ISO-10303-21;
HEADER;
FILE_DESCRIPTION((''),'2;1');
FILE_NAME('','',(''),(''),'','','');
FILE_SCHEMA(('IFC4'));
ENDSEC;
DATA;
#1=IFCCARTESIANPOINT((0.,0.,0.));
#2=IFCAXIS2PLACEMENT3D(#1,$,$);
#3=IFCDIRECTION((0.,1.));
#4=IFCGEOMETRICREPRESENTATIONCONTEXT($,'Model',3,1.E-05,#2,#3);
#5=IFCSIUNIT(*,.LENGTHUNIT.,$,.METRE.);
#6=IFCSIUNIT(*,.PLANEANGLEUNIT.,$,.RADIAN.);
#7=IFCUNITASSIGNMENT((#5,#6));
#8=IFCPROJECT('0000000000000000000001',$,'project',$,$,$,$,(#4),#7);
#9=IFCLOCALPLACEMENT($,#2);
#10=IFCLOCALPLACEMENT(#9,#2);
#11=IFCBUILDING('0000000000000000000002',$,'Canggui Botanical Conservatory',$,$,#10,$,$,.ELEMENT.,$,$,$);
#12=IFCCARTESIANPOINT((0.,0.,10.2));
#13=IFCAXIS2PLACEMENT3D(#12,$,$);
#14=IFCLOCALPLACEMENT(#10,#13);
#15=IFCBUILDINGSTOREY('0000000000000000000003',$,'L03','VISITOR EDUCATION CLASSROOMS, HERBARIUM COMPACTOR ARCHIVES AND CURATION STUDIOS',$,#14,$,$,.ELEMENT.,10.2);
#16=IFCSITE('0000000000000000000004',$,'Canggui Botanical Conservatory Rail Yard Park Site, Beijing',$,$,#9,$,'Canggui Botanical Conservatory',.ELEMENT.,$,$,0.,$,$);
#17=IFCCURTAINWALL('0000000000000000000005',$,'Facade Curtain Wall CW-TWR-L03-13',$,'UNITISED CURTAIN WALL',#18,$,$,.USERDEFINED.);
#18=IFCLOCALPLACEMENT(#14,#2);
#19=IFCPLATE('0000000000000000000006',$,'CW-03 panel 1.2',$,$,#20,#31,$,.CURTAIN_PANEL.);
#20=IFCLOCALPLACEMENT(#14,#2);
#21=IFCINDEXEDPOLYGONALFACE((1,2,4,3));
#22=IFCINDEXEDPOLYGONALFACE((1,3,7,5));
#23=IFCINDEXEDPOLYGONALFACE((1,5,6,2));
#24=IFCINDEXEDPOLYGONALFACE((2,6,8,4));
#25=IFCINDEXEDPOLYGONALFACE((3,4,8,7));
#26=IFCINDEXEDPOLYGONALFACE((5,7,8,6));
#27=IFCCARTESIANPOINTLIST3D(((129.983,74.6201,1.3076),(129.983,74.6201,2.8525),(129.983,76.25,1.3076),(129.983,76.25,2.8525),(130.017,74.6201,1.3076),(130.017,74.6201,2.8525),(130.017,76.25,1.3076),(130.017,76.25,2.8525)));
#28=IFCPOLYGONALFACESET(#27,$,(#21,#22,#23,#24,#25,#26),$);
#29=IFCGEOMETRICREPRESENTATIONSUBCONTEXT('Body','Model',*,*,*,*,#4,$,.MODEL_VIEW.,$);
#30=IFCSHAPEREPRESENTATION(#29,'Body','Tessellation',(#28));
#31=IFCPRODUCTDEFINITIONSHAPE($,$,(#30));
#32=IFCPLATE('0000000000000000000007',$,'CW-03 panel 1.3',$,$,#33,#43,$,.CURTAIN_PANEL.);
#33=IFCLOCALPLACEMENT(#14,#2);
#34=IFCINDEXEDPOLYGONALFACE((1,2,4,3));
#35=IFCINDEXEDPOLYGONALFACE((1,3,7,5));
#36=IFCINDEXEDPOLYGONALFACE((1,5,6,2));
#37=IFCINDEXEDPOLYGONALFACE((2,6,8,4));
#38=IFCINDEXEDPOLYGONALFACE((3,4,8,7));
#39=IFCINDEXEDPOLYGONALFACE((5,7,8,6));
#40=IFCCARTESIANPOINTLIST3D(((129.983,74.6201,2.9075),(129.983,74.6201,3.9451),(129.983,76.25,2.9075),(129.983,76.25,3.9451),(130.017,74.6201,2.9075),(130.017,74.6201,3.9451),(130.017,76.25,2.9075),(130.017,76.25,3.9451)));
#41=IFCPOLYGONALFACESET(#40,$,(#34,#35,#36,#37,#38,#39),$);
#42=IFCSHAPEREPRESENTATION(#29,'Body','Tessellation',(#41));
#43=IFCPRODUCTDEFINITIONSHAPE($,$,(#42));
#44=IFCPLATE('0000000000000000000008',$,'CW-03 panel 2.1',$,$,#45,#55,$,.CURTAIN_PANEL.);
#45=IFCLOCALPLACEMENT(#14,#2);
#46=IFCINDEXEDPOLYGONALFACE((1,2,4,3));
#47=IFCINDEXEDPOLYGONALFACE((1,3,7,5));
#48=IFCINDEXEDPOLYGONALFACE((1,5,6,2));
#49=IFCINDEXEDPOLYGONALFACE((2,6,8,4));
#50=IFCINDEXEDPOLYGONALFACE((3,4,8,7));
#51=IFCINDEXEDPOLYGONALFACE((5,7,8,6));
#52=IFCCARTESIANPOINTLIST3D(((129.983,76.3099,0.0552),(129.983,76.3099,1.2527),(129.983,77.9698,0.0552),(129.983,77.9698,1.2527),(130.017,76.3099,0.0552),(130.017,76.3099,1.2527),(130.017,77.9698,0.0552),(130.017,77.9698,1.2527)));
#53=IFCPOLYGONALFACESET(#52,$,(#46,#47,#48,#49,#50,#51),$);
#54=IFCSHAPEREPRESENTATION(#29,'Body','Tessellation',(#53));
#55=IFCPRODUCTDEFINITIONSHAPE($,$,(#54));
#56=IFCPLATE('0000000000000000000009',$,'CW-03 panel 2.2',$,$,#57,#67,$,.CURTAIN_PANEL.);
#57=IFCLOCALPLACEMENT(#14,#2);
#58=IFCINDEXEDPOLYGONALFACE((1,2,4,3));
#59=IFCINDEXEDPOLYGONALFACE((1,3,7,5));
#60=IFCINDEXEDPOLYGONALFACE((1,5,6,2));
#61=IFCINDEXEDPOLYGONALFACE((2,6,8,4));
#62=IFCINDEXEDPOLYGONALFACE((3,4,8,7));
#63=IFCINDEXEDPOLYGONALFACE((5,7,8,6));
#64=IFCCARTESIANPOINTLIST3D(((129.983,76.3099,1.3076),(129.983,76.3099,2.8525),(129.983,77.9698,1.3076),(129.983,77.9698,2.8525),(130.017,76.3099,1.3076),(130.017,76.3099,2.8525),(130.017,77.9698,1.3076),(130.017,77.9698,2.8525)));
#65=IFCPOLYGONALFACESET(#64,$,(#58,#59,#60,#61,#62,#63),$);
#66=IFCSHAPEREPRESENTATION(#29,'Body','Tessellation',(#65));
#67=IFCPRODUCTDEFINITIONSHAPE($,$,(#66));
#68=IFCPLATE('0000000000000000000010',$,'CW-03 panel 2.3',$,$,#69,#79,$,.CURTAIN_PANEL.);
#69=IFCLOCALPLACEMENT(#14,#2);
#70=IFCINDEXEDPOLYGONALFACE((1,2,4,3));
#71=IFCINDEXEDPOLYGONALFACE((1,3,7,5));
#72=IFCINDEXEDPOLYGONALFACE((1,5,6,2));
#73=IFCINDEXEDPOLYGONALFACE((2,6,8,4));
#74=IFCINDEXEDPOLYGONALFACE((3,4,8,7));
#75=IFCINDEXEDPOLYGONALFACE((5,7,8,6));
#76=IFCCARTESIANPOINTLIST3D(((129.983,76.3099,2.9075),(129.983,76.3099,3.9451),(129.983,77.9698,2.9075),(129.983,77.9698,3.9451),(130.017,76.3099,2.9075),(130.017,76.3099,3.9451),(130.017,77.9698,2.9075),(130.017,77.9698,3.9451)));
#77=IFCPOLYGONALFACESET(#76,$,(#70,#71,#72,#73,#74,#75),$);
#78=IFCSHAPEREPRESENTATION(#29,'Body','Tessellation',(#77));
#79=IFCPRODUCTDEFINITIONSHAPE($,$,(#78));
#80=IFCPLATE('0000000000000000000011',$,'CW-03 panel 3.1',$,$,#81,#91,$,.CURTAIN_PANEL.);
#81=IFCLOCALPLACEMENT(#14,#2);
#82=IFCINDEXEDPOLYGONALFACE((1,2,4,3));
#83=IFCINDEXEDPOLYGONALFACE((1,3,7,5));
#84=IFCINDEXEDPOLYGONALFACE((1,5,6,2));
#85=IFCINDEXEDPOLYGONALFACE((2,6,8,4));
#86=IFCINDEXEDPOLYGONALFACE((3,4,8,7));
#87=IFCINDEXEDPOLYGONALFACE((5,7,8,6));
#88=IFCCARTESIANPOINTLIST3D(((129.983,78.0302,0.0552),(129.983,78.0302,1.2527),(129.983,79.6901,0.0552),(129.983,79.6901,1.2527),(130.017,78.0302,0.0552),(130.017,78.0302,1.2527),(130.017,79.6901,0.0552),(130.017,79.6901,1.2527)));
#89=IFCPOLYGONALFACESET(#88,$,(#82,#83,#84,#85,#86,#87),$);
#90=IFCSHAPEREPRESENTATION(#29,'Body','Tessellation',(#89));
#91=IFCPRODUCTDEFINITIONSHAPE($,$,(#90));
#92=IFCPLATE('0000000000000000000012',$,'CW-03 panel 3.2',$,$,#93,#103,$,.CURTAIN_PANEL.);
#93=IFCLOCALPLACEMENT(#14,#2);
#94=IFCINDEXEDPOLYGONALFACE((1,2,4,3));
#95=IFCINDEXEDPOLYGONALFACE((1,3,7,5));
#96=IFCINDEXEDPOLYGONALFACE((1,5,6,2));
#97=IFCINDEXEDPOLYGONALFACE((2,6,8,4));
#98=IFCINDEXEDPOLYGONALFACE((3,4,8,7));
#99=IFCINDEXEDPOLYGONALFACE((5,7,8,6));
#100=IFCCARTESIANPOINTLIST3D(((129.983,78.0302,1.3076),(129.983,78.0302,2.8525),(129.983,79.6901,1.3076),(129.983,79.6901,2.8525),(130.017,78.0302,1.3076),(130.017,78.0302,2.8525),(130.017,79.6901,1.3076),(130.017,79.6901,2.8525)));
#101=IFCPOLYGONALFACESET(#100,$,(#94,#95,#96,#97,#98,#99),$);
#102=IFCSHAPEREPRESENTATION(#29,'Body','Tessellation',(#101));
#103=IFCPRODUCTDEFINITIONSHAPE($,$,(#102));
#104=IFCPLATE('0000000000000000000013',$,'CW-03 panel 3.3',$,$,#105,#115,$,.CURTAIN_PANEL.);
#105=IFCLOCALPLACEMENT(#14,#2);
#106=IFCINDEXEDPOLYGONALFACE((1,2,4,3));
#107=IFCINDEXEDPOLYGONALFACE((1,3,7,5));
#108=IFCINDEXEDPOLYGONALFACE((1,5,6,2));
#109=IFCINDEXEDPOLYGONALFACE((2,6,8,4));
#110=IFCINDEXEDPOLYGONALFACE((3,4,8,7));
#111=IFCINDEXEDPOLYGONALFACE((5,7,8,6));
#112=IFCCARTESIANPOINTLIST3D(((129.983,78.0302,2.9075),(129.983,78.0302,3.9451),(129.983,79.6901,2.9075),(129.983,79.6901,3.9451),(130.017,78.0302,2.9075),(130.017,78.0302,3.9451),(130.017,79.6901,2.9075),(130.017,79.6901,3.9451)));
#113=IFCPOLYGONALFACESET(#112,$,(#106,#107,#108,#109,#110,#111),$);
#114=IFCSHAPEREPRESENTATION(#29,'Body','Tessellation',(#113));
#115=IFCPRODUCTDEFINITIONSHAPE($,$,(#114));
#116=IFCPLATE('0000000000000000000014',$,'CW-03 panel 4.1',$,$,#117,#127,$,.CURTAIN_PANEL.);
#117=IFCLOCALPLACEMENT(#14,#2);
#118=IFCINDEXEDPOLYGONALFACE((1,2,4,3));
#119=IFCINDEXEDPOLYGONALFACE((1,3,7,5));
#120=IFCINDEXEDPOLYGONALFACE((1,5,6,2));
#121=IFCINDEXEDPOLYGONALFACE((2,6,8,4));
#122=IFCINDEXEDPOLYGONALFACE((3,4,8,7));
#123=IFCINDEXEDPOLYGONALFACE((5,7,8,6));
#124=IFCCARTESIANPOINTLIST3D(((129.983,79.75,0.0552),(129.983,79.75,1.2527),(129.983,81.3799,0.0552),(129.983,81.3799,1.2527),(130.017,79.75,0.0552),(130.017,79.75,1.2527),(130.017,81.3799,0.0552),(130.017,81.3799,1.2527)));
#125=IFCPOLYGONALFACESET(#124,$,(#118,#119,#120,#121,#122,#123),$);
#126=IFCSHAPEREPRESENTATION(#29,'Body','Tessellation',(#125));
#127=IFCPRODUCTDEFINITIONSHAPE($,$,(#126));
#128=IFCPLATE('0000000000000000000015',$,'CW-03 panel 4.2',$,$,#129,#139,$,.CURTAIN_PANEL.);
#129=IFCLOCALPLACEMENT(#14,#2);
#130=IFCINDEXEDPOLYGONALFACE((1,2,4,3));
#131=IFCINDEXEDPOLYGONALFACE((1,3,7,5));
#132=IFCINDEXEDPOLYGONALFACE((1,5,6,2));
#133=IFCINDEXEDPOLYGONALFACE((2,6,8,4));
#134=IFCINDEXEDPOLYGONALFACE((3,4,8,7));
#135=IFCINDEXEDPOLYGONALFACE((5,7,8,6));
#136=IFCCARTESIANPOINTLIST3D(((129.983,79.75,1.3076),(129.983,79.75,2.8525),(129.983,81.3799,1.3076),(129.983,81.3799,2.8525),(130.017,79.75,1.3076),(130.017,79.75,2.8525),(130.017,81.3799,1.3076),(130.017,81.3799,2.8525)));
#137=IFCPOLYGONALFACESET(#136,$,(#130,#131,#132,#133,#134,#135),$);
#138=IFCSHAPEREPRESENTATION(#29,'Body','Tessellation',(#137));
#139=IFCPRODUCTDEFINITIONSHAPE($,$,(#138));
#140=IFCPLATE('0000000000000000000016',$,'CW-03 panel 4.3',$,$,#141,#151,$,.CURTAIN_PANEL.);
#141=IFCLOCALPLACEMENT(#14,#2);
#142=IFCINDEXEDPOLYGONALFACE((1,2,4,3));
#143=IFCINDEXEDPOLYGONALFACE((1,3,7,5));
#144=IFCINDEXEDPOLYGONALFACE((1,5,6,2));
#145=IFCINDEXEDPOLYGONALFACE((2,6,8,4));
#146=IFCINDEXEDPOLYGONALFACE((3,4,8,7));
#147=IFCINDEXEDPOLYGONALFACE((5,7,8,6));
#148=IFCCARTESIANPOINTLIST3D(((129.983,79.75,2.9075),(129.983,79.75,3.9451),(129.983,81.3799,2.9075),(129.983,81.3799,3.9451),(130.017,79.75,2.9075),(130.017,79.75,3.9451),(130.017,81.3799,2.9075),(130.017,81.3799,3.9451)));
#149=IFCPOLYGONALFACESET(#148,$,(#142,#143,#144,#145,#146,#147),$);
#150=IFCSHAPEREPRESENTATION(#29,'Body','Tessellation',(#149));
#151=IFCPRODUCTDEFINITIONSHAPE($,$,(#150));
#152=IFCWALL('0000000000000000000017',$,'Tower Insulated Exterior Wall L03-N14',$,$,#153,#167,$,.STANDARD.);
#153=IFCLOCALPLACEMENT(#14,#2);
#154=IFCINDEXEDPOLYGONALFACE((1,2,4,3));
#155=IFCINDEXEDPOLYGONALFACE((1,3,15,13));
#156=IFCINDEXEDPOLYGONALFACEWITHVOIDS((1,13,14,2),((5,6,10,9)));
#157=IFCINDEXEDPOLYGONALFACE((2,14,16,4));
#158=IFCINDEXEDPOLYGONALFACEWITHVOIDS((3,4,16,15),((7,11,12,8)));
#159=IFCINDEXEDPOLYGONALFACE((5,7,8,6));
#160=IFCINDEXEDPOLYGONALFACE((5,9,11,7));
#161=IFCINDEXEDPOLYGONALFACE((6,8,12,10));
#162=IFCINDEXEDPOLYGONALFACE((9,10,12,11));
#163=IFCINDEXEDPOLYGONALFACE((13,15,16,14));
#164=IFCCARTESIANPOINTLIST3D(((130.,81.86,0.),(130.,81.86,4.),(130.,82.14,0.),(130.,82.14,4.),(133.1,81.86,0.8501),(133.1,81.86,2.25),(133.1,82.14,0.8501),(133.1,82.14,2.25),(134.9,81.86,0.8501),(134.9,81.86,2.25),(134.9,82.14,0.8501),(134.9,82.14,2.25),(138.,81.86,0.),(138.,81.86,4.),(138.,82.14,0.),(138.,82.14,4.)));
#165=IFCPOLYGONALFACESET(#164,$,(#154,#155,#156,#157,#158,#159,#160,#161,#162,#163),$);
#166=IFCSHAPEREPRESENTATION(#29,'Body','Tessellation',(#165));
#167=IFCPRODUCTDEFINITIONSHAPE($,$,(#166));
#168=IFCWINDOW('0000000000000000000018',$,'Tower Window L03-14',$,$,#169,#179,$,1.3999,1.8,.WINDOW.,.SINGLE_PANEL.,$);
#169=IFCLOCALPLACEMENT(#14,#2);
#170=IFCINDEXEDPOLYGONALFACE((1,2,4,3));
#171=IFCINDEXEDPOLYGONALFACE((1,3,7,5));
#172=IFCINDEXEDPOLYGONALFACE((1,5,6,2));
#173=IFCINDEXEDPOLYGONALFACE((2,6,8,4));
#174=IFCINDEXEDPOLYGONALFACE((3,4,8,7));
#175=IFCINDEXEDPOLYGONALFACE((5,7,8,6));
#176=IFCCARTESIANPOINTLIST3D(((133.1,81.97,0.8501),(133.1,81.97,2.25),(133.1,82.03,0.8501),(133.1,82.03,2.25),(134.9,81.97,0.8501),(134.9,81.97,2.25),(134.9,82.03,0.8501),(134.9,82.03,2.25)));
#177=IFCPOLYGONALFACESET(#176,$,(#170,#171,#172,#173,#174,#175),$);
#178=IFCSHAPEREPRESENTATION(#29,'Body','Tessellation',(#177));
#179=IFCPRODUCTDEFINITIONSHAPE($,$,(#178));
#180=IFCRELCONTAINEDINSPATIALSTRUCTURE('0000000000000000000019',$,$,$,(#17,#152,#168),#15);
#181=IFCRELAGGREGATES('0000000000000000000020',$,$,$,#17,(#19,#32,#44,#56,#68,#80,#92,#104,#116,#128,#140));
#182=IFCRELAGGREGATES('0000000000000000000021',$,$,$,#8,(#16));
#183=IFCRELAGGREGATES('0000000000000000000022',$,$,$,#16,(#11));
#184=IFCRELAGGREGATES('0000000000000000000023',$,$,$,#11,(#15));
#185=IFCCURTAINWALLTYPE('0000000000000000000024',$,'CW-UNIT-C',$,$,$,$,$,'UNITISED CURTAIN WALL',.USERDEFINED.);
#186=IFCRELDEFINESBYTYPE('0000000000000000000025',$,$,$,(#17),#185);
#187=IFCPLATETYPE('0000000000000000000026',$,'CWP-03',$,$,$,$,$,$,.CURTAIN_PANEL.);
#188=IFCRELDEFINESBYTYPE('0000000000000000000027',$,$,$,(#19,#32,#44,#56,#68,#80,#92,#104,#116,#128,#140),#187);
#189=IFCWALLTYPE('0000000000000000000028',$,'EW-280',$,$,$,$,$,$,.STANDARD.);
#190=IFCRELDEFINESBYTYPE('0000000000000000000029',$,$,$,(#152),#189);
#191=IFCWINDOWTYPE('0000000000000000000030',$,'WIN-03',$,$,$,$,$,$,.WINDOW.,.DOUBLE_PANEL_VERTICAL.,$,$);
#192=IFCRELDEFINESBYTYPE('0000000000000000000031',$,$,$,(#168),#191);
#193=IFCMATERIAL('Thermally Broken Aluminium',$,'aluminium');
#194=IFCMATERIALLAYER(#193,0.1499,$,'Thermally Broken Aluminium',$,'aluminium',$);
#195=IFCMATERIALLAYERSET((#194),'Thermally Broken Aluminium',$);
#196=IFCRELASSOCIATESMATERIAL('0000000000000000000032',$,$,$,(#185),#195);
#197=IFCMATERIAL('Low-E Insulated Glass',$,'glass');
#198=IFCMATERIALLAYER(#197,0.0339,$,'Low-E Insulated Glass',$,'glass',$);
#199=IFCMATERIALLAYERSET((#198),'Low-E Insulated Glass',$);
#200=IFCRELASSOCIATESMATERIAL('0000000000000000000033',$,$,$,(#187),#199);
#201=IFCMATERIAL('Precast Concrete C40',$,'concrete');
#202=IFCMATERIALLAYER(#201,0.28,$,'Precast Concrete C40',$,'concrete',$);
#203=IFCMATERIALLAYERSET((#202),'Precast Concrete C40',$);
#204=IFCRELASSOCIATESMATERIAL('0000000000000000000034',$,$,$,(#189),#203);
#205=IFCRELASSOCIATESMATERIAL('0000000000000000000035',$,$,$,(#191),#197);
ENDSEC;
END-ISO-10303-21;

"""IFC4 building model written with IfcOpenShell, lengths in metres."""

from ifc_helpers import new_model, si_unit, direction, frame, frame_2d, origin, origin_2d, place, context, subcontext, project, spatial, rectangle, extrude, material, layer, layer_set, type_object, element, fill, aggregate, save


model = new_model("IFC4")

# Units and contexts
model_context = context("Model", 3, precision=1e-05, world=origin(), true_north=direction((0.0, 1.0)))
body_context = subcontext(model_context, "Body", "Model", "MODEL_VIEW")
ifc_project = project(units=[si_unit("LENGTHUNIT", "METRE"), si_unit("PLANEANGLEUNIT", "RADIAN")], contexts=[model_context])

# Site, building, storey
site_placement = place(None, origin())
site = spatial("IfcSite", under=ifc_project, at=site_placement, Name="Canggui Botanical Conservatory Rail Yard Park Site, Beijing", LongName="Canggui Botanical Conservatory", CompositionType="ELEMENT", RefElevation=0.0)
building_placement = place(site_placement, origin())
building = spatial("IfcBuilding", under=site, at=building_placement, Name="Canggui Botanical Conservatory", CompositionType="ELEMENT")
storey_placement = place(building_placement, frame((0.0, 0.0, 10.2)))
storey = spatial("IfcBuildingStorey", under=building, at=storey_placement, Name="L03", Description="VISITOR EDUCATION CLASSROOMS, HERBARIUM COMPACTOR ARCHIVES AND CURATION STUDIOS", CompositionType="ELEMENT", Elevation=10.2)

# Curtain wall, plates
ifc_material_1 = material(Name="Thermally Broken Aluminium", Category="aluminium")
ifc_layer_1 = layer(ifc_material_1, 0.1499, Name="Thermally Broken Aluminium", Category="aluminium")
ifc_layer_set_1 = layer_set([ifc_layer_1], Name="Thermally Broken Aluminium")
curtain_wall_type = type_object("IfcCurtainWallType", Name="CW-UNIT-C", ElementType="UNITISED CURTAIN WALL", PredefinedType="USERDEFINED", material=ifc_layer_set_1)
curtain_wall_placement = place(storey_placement, origin())
curtain_wall = element("IfcCurtainWall", 1, at=curtain_wall_placement, inside=storey, type_object=curtain_wall_type, Name="Facade Curtain Wall CW-TWR-L03-13", ObjectType="UNITISED CURTAIN WALL", PredefinedType="USERDEFINED")
ifc_material_2 = material(Name="Low-E Insulated Glass", Category="glass")
ifc_layer_2 = layer(ifc_material_2, 0.0339, Name="Low-E Insulated Glass", Category="glass")
ifc_layer_set_2 = layer_set([ifc_layer_2], Name="Low-E Insulated Glass")
plate_type = type_object("IfcPlateType", Name="CWP-03", PredefinedType="CURTAIN_PANEL", material=ifc_layer_set_2)
plate_1_placement = place(storey_placement, frame((130.0, 75.4351, 1.3076), z_axis=(0.0, 0.0, 1.0), x_axis=(0.0, 1.0, 0.0)))
plate_1 = element("IfcPlate", 2, at=plate_1_placement, type_object=plate_type, Name="CW-03 panel 1.2", PredefinedType="CURTAIN_PANEL", context=body_context, shape_type="SweptSolid", body=[
    extrude(rectangle(XDim=1.6299, YDim=0.0339, at=origin_2d()), origin(), (0.0, 0.0, 1.0), 1.5449),
])
plate_2_placement = place(storey_placement, frame((130.0, 75.4351, 2.9075), z_axis=(0.0, 0.0, 1.0), x_axis=(0.0, 1.0, 0.0)))
plate_2 = element("IfcPlate", 3, at=plate_2_placement, type_object=plate_type, Name="CW-03 panel 1.3", PredefinedType="CURTAIN_PANEL", context=body_context, shape_type="SweptSolid", body=[
    extrude(rectangle(XDim=1.6299, YDim=0.0339, at=origin_2d()), origin(), (0.0, 0.0, 1.0), 1.0376),
])
plate_3_placement = place(storey_placement, frame((130.0, 77.1399, 0.0552), z_axis=(0.0, 0.0, 1.0), x_axis=(0.0, 1.0, 0.0)))
plate_3 = element("IfcPlate", 4, at=plate_3_placement, type_object=plate_type, Name="CW-03 panel 2.1", PredefinedType="CURTAIN_PANEL", context=body_context, shape_type="SweptSolid", body=[
    extrude(rectangle(XDim=1.6599, YDim=0.0339, at=origin_2d()), origin(), (0.0, 0.0, 1.0), 1.1975),
])
plate_4_placement = place(storey_placement, frame((130.0, 77.1399, 1.3076), z_axis=(0.0, 0.0, 1.0), x_axis=(0.0, 1.0, 0.0)))
plate_4 = element("IfcPlate", 5, at=plate_4_placement, type_object=plate_type, Name="CW-03 panel 2.2", PredefinedType="CURTAIN_PANEL", context=body_context, shape_type="SweptSolid", body=[
    extrude(rectangle(XDim=1.6599, YDim=0.0339, at=origin_2d()), origin(), (0.0, 0.0, 1.0), 1.5449),
])
plate_5_placement = place(storey_placement, frame((130.0, 77.1399, 2.9075), z_axis=(0.0, 0.0, 1.0), x_axis=(0.0, 1.0, 0.0)))
plate_5 = element("IfcPlate", 6, at=plate_5_placement, type_object=plate_type, Name="CW-03 panel 2.3", PredefinedType="CURTAIN_PANEL", context=body_context, shape_type="SweptSolid", body=[
    extrude(rectangle(XDim=1.6599, YDim=0.0339, at=origin_2d()), origin(), (0.0, 0.0, 1.0), 1.0376),
])
plate_6_placement = place(storey_placement, frame((130.0, 78.8601, 0.0552), z_axis=(0.0, 0.0, 1.0), x_axis=(0.0, 1.0, 0.0)))
plate_6 = element("IfcPlate", 7, at=plate_6_placement, type_object=plate_type, Name="CW-03 panel 3.1", PredefinedType="CURTAIN_PANEL", context=body_context, shape_type="SweptSolid", body=[
    extrude(rectangle(XDim=1.6599, YDim=0.0339, at=origin_2d()), origin(), (0.0, 0.0, 1.0), 1.1975),
])
plate_7_placement = place(storey_placement, frame((130.0, 78.8601, 1.3076), z_axis=(0.0, 0.0, 1.0), x_axis=(0.0, 1.0, 0.0)))
plate_7 = element("IfcPlate", 8, at=plate_7_placement, type_object=plate_type, Name="CW-03 panel 3.2", PredefinedType="CURTAIN_PANEL", context=body_context, shape_type="SweptSolid", body=[
    extrude(rectangle(XDim=1.6599, YDim=0.0339, at=origin_2d()), origin(), (0.0, 0.0, 1.0), 1.5449),
])
plate_8_placement = place(storey_placement, frame((130.0, 78.8601, 2.9075), z_axis=(0.0, 0.0, 1.0), x_axis=(0.0, 1.0, 0.0)))
plate_8 = element("IfcPlate", 9, at=plate_8_placement, type_object=plate_type, Name="CW-03 panel 3.3", PredefinedType="CURTAIN_PANEL", context=body_context, shape_type="SweptSolid", body=[
    extrude(rectangle(XDim=1.6599, YDim=0.0339, at=origin_2d()), origin(), (0.0, 0.0, 1.0), 1.0376),
])
plate_9_placement = place(storey_placement, frame((130.0, 80.5649, 0.0552), z_axis=(0.0, 0.0, 1.0), x_axis=(0.0, 1.0, 0.0)))
plate_9 = element("IfcPlate", 10, at=plate_9_placement, type_object=plate_type, Name="CW-03 panel 4.1", PredefinedType="CURTAIN_PANEL", context=body_context, shape_type="SweptSolid", body=[
    extrude(rectangle(XDim=1.6299, YDim=0.0339, at=origin_2d()), origin(), (0.0, 0.0, 1.0), 1.1975),
])
plate_10_placement = place(storey_placement, frame((130.0, 80.5649, 1.3076), z_axis=(0.0, 0.0, 1.0), x_axis=(0.0, 1.0, 0.0)))
plate_10 = element("IfcPlate", 11, at=plate_10_placement, type_object=plate_type, Name="CW-03 panel 4.2", PredefinedType="CURTAIN_PANEL", context=body_context, shape_type="SweptSolid", body=[
    extrude(rectangle(XDim=1.6299, YDim=0.0339, at=origin_2d()), origin(), (0.0, 0.0, 1.0), 1.5449),
])
plate_11_placement = place(storey_placement, frame((130.0, 80.5649, 2.9075), z_axis=(0.0, 0.0, 1.0), x_axis=(0.0, 1.0, 0.0)))
plate_11 = element("IfcPlate", 12, at=plate_11_placement, type_object=plate_type, Name="CW-03 panel 4.3", PredefinedType="CURTAIN_PANEL", context=body_context, shape_type="SweptSolid", body=[
    extrude(rectangle(XDim=1.6299, YDim=0.0339, at=origin_2d()), origin(), (0.0, 0.0, 1.0), 1.0376),
])
aggregate(curtain_wall, [plate_1, plate_2, plate_3, plate_4, plate_5, plate_6, plate_7, plate_8, plate_9, plate_10, plate_11])

# Wall, opening, window
ifc_material_3 = material(Name="Precast Concrete C40", Category="concrete")
ifc_layer_3 = layer(ifc_material_3, 0.28, Name="Precast Concrete C40", Category="concrete")
ifc_layer_set_3 = layer_set([ifc_layer_3], Name="Precast Concrete C40")
wall_type = type_object("IfcWallType", Name="EW-280", PredefinedType="STANDARD", material=ifc_layer_set_3)
wall_placement = place(storey_placement, frame((130.0, 82.0, 0.0), z_axis=(0.0, 0.0, 1.0), x_axis=(1.0, 0.0, 0.0)))
wall = element("IfcWall", 13, at=wall_placement, inside=storey, type_object=wall_type, Name="Tower Insulated Exterior Wall L03-N14", PredefinedType="STANDARD", context=body_context, shape_type="SweptSolid", body=[
    extrude(rectangle(XDim=8.0, YDim=0.28, at=frame_2d((4.0, 0.0))), origin(), (0.0, 0.0, 1.0), 4.0),
])
opening_placement = place(wall_placement, frame((3.1001, 0.0, 0.8501)))
opening = element("IfcOpeningElement", 14, at=opening_placement, cuts=wall, PredefinedType="OPENING", context=body_context, shape_type="SweptSolid", body=[
    extrude(rectangle(XDim=1.8, YDim=1.3999, at=frame_2d((0.8999, 0.7))), frame((0.0, 0.1499, 0.0), z_axis=(0.0, -1.0, 0.0), x_axis=(1.0, 0.0, 0.0)), (0.0, 0.0, 1.0), 0.3),
])
window_type = type_object("IfcWindowType", Name="WIN-03", PartitioningType="DOUBLE_PANEL_VERTICAL", PredefinedType="WINDOW", material=ifc_material_2)
window_placement = place(opening_placement, origin())
window = element("IfcWindow", 15, at=window_placement, inside=storey, type_object=window_type, Name="Tower Window L03-14", OverallHeight=1.3999, OverallWidth=1.8, PartitioningType="SINGLE_PANEL", PredefinedType="WINDOW", context=body_context, shape_type="SweptSolid", body=[
    extrude(rectangle(XDim=1.8, YDim=1.3999, at=frame_2d((0.8999, 0.7))), frame((0.0, 0.03, 0.0), z_axis=(0.0, -1.0, 0.0), x_axis=(1.0, 0.0, 0.0)), (0.0, 0.0, 1.0), 0.0601),
])
fill(opening, window)

save(model, "model.ifc")
